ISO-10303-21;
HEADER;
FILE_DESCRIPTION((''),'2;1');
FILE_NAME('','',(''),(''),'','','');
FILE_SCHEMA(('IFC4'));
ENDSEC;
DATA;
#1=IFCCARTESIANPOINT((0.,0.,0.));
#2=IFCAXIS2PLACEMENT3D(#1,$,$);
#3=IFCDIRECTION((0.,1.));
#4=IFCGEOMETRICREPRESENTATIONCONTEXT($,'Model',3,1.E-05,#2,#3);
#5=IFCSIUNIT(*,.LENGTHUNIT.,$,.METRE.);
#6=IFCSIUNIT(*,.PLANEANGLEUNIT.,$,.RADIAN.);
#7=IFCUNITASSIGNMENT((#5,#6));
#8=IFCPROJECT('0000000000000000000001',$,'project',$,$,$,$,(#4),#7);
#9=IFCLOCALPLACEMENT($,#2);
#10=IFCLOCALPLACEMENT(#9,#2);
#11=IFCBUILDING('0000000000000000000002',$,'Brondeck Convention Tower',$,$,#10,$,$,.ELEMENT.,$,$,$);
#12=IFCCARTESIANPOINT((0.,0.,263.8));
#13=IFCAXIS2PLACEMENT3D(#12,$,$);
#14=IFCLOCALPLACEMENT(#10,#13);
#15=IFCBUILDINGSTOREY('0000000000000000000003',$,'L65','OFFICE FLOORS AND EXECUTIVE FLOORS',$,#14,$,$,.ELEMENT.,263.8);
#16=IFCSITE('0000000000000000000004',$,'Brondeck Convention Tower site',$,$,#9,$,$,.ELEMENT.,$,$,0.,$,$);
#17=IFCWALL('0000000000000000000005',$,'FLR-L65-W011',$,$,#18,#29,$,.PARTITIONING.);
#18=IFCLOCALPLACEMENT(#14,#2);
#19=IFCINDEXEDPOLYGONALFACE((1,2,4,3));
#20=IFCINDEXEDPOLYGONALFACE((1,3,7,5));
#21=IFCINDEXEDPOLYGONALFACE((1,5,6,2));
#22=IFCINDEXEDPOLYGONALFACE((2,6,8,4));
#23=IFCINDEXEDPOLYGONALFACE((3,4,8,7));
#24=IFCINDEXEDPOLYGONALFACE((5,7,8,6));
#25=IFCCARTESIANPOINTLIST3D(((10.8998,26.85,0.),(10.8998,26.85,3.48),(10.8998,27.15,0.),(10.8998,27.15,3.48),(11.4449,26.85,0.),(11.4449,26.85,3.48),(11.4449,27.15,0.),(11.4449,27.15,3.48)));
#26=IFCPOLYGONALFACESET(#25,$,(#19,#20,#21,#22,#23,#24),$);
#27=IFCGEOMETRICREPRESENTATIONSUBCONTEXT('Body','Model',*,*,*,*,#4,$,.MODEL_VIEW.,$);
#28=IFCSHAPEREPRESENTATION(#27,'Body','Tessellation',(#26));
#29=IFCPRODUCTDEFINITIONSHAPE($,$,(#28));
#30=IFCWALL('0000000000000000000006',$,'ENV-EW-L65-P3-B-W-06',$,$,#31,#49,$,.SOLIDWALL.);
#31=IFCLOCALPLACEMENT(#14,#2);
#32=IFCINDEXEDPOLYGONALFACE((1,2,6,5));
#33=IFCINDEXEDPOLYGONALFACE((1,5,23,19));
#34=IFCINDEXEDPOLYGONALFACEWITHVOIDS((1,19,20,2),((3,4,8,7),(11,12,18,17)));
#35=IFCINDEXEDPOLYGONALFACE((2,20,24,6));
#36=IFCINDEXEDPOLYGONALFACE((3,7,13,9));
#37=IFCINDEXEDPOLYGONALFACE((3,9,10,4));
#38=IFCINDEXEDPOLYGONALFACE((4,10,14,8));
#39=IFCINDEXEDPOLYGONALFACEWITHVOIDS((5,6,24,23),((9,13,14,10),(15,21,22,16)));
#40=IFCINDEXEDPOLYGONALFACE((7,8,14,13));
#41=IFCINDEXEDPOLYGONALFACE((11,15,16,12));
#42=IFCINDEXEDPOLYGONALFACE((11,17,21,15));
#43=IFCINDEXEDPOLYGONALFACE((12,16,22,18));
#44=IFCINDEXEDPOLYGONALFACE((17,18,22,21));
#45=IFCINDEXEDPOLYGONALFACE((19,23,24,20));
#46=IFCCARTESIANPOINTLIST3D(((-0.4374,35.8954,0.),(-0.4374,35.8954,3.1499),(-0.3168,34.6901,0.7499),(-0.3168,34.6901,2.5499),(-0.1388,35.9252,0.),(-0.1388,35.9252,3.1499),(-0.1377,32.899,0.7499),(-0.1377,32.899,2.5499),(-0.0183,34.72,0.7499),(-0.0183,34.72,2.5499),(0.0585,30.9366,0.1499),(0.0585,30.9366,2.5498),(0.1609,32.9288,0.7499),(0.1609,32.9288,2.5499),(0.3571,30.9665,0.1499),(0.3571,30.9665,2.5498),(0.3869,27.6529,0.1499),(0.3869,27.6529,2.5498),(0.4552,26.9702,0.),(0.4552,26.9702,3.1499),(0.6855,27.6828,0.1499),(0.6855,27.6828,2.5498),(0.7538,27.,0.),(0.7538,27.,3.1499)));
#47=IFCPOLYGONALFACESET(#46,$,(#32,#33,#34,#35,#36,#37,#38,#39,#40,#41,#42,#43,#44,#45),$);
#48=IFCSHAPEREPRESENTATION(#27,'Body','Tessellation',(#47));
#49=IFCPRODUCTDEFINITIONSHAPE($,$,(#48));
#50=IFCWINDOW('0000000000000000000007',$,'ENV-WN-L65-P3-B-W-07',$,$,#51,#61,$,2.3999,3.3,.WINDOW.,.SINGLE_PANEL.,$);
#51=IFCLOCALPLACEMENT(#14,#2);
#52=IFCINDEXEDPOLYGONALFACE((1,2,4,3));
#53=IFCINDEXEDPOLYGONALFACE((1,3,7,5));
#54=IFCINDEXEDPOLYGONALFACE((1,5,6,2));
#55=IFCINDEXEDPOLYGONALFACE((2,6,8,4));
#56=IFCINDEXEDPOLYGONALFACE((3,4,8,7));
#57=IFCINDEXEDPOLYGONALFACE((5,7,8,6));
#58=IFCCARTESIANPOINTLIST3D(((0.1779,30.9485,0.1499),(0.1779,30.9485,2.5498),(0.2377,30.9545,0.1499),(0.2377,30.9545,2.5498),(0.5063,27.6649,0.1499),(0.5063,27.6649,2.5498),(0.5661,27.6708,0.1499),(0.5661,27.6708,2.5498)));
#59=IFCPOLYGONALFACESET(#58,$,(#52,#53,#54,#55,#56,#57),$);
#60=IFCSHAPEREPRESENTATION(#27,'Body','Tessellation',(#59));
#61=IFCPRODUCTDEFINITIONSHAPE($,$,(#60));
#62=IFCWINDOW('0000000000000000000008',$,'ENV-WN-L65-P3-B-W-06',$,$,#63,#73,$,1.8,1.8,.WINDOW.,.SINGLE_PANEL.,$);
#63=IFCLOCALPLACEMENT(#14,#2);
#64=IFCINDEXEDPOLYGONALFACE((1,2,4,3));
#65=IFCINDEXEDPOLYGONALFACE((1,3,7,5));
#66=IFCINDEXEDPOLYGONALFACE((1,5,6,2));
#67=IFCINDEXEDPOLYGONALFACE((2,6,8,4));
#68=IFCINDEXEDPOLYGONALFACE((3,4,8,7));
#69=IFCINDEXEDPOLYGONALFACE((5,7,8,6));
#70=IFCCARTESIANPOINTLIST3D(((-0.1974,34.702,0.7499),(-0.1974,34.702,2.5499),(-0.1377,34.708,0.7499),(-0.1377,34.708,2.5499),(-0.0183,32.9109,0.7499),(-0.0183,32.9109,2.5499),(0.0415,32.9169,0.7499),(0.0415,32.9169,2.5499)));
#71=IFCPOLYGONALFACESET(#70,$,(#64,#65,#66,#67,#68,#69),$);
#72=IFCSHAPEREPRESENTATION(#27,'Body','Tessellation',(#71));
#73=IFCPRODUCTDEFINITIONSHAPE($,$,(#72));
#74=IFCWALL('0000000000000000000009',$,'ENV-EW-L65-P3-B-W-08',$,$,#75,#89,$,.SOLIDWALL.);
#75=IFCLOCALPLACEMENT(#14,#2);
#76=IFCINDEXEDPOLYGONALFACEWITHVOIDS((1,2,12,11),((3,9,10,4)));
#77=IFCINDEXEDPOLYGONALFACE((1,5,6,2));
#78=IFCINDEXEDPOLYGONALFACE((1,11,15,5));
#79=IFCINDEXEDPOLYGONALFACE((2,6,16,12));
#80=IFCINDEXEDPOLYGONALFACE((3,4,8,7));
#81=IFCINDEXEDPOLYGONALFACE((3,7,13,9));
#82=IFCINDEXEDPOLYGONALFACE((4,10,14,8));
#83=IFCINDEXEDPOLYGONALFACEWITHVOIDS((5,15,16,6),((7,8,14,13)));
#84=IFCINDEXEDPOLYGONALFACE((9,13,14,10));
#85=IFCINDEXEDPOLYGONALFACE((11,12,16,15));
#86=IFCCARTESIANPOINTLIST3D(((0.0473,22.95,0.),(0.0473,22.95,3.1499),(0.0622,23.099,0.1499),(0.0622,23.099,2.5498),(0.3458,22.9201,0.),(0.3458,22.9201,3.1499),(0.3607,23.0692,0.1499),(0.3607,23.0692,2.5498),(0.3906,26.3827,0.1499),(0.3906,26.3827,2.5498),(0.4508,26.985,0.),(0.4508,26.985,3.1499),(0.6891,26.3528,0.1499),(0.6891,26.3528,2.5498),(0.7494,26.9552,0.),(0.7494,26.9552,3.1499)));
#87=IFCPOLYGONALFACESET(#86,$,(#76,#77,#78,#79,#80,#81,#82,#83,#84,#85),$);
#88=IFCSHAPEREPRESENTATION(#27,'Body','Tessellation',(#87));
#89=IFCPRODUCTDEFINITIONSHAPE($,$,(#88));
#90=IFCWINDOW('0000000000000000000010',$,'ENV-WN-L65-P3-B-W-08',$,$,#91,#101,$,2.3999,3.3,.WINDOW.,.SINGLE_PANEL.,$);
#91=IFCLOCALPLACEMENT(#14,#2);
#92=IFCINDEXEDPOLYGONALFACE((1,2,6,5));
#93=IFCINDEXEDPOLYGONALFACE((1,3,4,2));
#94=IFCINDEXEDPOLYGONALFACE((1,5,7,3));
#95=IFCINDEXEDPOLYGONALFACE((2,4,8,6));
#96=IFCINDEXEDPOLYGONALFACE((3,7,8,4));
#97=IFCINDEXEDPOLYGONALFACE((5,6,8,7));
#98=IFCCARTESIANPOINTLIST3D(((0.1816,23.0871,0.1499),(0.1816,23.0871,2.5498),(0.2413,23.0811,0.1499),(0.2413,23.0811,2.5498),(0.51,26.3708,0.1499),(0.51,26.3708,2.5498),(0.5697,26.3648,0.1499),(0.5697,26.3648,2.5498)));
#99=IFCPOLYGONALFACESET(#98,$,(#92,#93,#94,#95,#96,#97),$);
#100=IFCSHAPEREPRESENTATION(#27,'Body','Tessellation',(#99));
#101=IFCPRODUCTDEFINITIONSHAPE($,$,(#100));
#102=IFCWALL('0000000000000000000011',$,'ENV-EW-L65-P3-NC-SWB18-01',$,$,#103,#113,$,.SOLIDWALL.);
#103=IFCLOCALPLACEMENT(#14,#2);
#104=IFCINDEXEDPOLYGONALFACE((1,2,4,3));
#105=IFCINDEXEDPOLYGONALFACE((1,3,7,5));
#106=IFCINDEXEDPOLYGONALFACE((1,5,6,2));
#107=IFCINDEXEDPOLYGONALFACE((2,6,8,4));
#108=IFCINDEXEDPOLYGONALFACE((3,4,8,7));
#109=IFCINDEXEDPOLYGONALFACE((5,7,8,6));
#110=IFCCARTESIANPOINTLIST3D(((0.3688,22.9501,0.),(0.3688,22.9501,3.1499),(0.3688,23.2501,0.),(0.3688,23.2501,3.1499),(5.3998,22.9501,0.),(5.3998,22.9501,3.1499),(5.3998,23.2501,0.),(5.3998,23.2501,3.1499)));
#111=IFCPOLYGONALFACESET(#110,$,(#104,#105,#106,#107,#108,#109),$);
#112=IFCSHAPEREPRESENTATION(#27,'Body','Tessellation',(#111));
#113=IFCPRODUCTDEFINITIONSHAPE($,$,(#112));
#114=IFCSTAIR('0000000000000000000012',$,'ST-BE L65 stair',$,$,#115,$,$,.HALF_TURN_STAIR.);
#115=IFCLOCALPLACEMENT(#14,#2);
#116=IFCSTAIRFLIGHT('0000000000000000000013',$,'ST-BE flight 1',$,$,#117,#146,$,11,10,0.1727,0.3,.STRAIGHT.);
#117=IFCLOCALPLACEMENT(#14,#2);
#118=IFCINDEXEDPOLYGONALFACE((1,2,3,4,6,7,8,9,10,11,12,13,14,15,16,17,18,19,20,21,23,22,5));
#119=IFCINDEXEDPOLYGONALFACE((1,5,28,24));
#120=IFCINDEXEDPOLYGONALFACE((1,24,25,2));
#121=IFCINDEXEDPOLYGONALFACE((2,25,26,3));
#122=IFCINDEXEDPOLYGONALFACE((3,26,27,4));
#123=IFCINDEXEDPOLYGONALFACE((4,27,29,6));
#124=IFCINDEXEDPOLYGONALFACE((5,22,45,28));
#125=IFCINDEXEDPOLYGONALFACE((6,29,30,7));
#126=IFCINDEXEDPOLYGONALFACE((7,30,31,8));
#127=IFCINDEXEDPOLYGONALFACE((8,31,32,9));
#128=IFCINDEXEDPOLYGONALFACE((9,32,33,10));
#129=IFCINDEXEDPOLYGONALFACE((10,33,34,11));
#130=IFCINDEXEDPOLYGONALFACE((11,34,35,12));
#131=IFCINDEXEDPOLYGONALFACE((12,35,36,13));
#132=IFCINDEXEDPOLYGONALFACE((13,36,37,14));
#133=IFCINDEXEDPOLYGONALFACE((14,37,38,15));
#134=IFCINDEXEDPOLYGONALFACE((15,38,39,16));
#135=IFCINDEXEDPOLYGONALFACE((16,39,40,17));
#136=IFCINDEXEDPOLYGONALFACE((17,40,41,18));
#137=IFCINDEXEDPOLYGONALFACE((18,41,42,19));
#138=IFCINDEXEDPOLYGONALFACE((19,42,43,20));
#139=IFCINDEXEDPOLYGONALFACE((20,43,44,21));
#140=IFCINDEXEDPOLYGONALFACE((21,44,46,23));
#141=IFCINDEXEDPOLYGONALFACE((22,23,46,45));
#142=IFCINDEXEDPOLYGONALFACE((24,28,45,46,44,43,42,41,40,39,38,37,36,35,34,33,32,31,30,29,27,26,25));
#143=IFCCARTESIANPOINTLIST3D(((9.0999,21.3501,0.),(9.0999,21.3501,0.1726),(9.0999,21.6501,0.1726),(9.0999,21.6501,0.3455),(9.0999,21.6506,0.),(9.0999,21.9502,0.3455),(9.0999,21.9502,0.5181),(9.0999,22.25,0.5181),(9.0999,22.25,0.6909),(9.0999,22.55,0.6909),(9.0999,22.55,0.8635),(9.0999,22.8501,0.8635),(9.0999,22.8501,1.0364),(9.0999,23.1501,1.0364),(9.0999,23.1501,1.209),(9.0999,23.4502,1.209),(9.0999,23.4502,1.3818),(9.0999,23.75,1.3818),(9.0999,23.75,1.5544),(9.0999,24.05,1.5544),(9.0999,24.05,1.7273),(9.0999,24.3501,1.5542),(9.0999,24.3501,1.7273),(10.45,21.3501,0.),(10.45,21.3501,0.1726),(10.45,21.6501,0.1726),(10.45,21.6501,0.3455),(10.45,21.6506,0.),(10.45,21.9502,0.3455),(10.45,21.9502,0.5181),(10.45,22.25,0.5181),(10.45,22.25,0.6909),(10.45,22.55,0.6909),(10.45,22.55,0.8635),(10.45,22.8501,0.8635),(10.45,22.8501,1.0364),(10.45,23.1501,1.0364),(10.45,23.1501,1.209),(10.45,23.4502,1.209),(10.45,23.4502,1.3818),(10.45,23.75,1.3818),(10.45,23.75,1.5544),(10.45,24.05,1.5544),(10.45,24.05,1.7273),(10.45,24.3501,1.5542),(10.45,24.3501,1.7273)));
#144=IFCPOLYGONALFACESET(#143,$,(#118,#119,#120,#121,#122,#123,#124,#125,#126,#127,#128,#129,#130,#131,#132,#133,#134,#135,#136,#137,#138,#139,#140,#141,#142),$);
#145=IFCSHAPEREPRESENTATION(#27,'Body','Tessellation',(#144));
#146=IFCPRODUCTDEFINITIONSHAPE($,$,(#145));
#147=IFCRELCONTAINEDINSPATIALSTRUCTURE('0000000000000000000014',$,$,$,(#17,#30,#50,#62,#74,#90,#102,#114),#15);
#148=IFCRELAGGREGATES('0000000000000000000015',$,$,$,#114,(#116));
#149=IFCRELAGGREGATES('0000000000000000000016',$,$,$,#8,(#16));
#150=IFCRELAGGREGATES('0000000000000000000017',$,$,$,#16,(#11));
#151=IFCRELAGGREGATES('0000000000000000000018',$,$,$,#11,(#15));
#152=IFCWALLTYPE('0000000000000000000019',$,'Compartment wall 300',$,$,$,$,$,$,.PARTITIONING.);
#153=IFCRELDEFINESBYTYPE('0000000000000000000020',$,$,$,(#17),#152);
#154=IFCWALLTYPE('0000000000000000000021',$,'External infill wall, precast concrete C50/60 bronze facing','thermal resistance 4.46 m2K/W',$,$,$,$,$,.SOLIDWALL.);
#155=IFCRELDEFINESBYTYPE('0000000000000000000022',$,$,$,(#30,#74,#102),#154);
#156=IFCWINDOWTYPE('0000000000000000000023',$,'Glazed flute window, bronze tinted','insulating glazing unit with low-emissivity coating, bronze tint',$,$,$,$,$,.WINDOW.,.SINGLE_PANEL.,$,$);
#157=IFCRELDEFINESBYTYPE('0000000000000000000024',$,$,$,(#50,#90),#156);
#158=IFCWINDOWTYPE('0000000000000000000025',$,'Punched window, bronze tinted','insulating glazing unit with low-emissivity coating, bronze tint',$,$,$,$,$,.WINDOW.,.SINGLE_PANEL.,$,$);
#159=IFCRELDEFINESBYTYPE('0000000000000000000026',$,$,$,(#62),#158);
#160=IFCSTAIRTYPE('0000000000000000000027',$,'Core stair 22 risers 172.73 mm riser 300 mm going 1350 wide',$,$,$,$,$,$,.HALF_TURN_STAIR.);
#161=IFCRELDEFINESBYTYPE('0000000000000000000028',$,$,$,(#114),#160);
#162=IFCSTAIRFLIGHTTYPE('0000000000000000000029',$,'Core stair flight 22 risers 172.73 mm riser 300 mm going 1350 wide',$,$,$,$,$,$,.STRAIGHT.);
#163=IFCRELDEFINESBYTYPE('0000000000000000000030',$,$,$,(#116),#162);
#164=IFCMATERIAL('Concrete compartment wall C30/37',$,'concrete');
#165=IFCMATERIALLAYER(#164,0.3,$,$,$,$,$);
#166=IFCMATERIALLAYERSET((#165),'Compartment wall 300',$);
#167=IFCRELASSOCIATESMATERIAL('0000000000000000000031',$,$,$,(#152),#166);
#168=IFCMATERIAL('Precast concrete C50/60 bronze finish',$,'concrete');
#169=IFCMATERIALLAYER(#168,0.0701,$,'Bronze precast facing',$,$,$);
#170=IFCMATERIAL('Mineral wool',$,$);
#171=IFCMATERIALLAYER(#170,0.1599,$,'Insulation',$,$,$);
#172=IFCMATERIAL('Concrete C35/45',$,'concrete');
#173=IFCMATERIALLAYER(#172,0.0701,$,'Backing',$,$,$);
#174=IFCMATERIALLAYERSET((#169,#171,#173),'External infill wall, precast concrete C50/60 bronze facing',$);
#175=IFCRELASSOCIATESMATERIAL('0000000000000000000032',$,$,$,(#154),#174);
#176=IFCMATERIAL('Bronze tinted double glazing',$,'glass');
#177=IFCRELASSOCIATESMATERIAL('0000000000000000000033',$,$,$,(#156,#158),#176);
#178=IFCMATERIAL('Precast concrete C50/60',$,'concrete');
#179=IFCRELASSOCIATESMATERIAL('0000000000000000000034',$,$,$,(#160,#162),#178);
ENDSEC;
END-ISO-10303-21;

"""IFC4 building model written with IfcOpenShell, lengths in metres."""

from ifc_helpers import new_model, si_unit, direction, frame, frame_2d, origin, place, context, subcontext, project, spatial, polyline, rectangle, outline, extrude, material, layer, layer_set, type_object, element, fill, aggregate, save


model = new_model("IFC4")

# Units and contexts
model_context = context("Model", 3, precision=1e-05, world=origin(), true_north=direction((0.0, 1.0)))
body_context = subcontext(model_context, "Body", "Model", "MODEL_VIEW")
ifc_project = project(units=[si_unit("LENGTHUNIT", "METRE"), si_unit("PLANEANGLEUNIT", "RADIAN")], contexts=[model_context])

# Site, building, storey
site_placement = place(None, origin())
site = spatial("IfcSite", under=ifc_project, at=site_placement, Name="Brondeck Convention Tower site", CompositionType="ELEMENT", RefElevation=0.0)
building_placement = place(site_placement, origin())
building = spatial("IfcBuilding", under=site, at=building_placement, Name="Brondeck Convention Tower", CompositionType="ELEMENT")
storey_placement = place(building_placement, frame((0.0, 0.0, 263.8)))
storey = spatial("IfcBuildingStorey", under=building, at=storey_placement, Name="L65", Description="OFFICE FLOORS AND EXECUTIVE FLOORS", CompositionType="ELEMENT", Elevation=263.8)

# Wall
ifc_material_1 = material(Name="Concrete compartment wall C30/37", Category="concrete")
ifc_layer_1 = layer(ifc_material_1, 0.3)
ifc_layer_set_1 = layer_set([ifc_layer_1], Name="Compartment wall 300")
wall_type_1 = type_object("IfcWallType", Name="Compartment wall 300", PredefinedType="PARTITIONING", material=ifc_layer_set_1)
wall_1_placement = place(storey_placement, frame((10.8999, 27.0, 0.0), z_axis=(0.0, 0.0, 1.0), x_axis=(1.0, 0.0, 0.0)))
element("IfcWall", 1, at=wall_1_placement, inside=storey, type_object=wall_type_1, Name="FLR-L65-W011", PredefinedType="PARTITIONING", context=body_context, shape_type="SweptSolid", body=[
    extrude(rectangle(XDim=0.5452, YDim=0.3, at=frame_2d((0.2725, 0.0))), origin(), (0.0, 0.0, 1.0), 3.48),
])

# Wall, openings, windows
ifc_material_2 = material(Name="Precast concrete C50/60 bronze finish", Category="concrete")
ifc_layer_2 = layer(ifc_material_2, 0.0701, Name="Bronze precast facing")
ifc_material_3 = material(Name="Mineral wool")
ifc_layer_3 = layer(ifc_material_3, 0.1599, Name="Insulation")
ifc_material_4 = material(Name="Concrete C35/45", Category="concrete")
ifc_layer_4 = layer(ifc_material_4, 0.0701, Name="Backing")
ifc_layer_set_2 = layer_set([ifc_layer_2, ifc_layer_3, ifc_layer_4], Name="External infill wall, precast concrete C50/60 bronze facing")
wall_type_2 = type_object("IfcWallType", Name="External infill wall, precast concrete C50/60 bronze facing", Description="thermal resistance 4.46 m2K/W", PredefinedType="SOLIDWALL", material=ifc_layer_set_2)
wall_2_placement = place(storey_placement, frame((0.6045, 26.9851, 0.0), z_axis=(0.0, 0.0, 1.0), x_axis=(-0.099509, 0.995037, 0.0)))
wall_2 = element("IfcWall", 2, at=wall_2_placement, inside=storey, type_object=wall_type_2, Name="ENV-EW-L65-P3-B-W-06", PredefinedType="SOLIDWALL", context=body_context, shape_type="SweptSolid", body=[
    extrude(rectangle(XDim=8.9697, YDim=0.3, at=frame_2d((4.4849, 0.0))), origin(), (0.0, 0.0, 1.0), 3.1499),
])
opening_1_placement = place(wall_2_placement, frame((0.6863, 0.0, 0.1499)))
opening_1 = element("IfcOpeningElement", 3, at=opening_1_placement, cuts=wall_2, PredefinedType="OPENING", context=body_context, shape_type="SweptSolid", body=[
    extrude(rectangle(XDim=3.3, YDim=2.3999, at=frame_2d((1.6499, 1.2))), frame((0.0, 0.1599, 0.0), z_axis=(0.0, -1.0, 0.0), x_axis=(1.0, 0.0, 0.0)), (0.0, 0.0, 1.0), 0.3201),
])
opening_2_placement = place(wall_2_placement, frame((5.9585, 0.0, 0.75)))
opening_2 = element("IfcOpeningElement", 4, at=opening_2_placement, cuts=wall_2, PredefinedType="OPENING", context=body_context, shape_type="SweptSolid", body=[
    extrude(rectangle(XDim=1.8, YDim=1.8, at=frame_2d((0.8999, 0.8999))), frame((0.0, 0.1599, 0.0), z_axis=(0.0, -1.0, 0.0), x_axis=(1.0, 0.0, 0.0)), (0.0, 0.0, 1.0), 0.3201),
])
ifc_material_5 = material(Name="Bronze tinted double glazing", Category="glass")
window_type_1 = type_object("IfcWindowType", Name="Glazed flute window, bronze tinted", Description="insulating glazing unit with low-emissivity coating, bronze tint", PartitioningType="SINGLE_PANEL", PredefinedType="WINDOW", material=ifc_material_5)
window_1_placement = place(opening_1_placement, origin())
window_1 = element("IfcWindow", 5, at=window_1_placement, inside=storey, type_object=window_type_1, Name="ENV-WN-L65-P3-B-W-07", OverallHeight=2.3999, OverallWidth=3.3, PartitioningType="SINGLE_PANEL", PredefinedType="WINDOW", context=body_context, shape_type="SweptSolid", body=[
    extrude(rectangle(XDim=3.3, YDim=2.3999, at=frame_2d((1.6499, 1.2))), frame((0.0, 0.03, 0.0), z_axis=(0.0, -1.0, 0.0), x_axis=(1.0, 0.0, 0.0)), (0.0, 0.0, 1.0), 0.0601),
])
fill(opening_1, window_1)
window_type_2 = type_object("IfcWindowType", Name="Punched window, bronze tinted", Description="insulating glazing unit with low-emissivity coating, bronze tint", PartitioningType="SINGLE_PANEL", PredefinedType="WINDOW", material=ifc_material_5)
window_2_placement = place(opening_2_placement, origin())
window_2 = element("IfcWindow", 6, at=window_2_placement, inside=storey, type_object=window_type_2, Name="ENV-WN-L65-P3-B-W-06", OverallHeight=1.8, OverallWidth=1.8, PartitioningType="SINGLE_PANEL", PredefinedType="WINDOW", context=body_context, shape_type="SweptSolid", body=[
    extrude(rectangle(XDim=1.8, YDim=1.8, at=frame_2d((0.8999, 0.8999))), frame((0.0, 0.03, 0.0), z_axis=(0.0, -1.0, 0.0), x_axis=(1.0, 0.0, 0.0)), (0.0, 0.0, 1.0), 0.0601),
])
fill(opening_2, window_2)

# Wall, opening, window
wall_3_placement = place(storey_placement, frame((0.1965, 22.9351, 0.0), z_axis=(0.0, 0.0, 1.0), x_axis=(0.099516, 0.995036, 0.0)))
wall_3 = element("IfcWall", 7, at=wall_3_placement, inside=storey, type_object=wall_type_2, Name="ENV-EW-L65-P3-B-W-08", PredefinedType="SOLIDWALL", context=body_context, shape_type="SweptSolid", body=[
    extrude(rectangle(XDim=4.0552, YDim=0.3, at=frame_2d((2.0276, 0.0))), origin(), (0.0, 0.0, 1.0), 3.1499),
])
opening_3_placement = place(wall_3_placement, frame((0.1499, 0.0, 0.1499)))
opening_3 = element("IfcOpeningElement", 8, at=opening_3_placement, cuts=wall_3, PredefinedType="OPENING", context=body_context, shape_type="SweptSolid", body=[
    extrude(rectangle(XDim=3.3, YDim=2.3999, at=frame_2d((1.6499, 1.2))), frame((0.0, 0.1599, 0.0), z_axis=(0.0, -1.0, 0.0), x_axis=(1.0, 0.0, 0.0)), (0.0, 0.0, 1.0), 0.3201),
])
window_3_placement = place(opening_3_placement, origin())
window_3 = element("IfcWindow", 9, at=window_3_placement, inside=storey, type_object=window_type_1, Name="ENV-WN-L65-P3-B-W-08", OverallHeight=2.3999, OverallWidth=3.3, PartitioningType="SINGLE_PANEL", PredefinedType="WINDOW", context=body_context, shape_type="SweptSolid", body=[
    extrude(rectangle(XDim=3.3, YDim=2.3999, at=frame_2d((1.6499, 1.2))), frame((0.0, 0.03, 0.0), z_axis=(0.0, -1.0, 0.0), x_axis=(1.0, 0.0, 0.0)), (0.0, 0.0, 1.0), 0.0601),
])
fill(opening_3, window_3)

# Wall
wall_4_placement = place(storey_placement, frame((5.3999, 23.1001, 0.0), z_axis=(0.0, 0.0, 1.0), x_axis=(-1.0, 0.0, 0.0)))
element("IfcWall", 10, at=wall_4_placement, inside=storey, type_object=wall_type_2, Name="ENV-EW-L65-P3-NC-SWB18-01", PredefinedType="SOLIDWALL", context=body_context, shape_type="SweptSolid", body=[
    extrude(rectangle(XDim=5.031, YDim=0.3, at=frame_2d((2.5156, 0.0))), origin(), (0.0, 0.0, 1.0), 3.1499),
])

# Stair, stair flight
ifc_material_6 = material(Name="Precast concrete C50/60", Category="concrete")
stair_type = type_object("IfcStairType", Name="Core stair 22 risers 172.73 mm riser 300 mm going 1350 wide", PredefinedType="HALF_TURN_STAIR", material=ifc_material_6)
stair_placement = place(storey_placement, origin())
stair = element("IfcStair", 11, at=stair_placement, inside=storey, type_object=stair_type, Name="ST-BE L65 stair", PredefinedType="HALF_TURN_STAIR")
stair_flight_type = type_object("IfcStairFlightType", Name="Core stair flight 22 risers 172.73 mm riser 300 mm going 1350 wide", PredefinedType="STRAIGHT", material=ifc_material_6)
stair_flight_1_placement = place(storey_placement, frame((9.7749, 21.3501, 0.0), z_axis=(0.0, 0.0, 1.0), x_axis=(0.0, 1.0, 0.0)))
stair_flight_1 = element("IfcStairFlight", 12, at=stair_flight_1_placement, type_object=stair_flight_type, Name="ST-BE flight 1", NumberOfRisers=11, NumberOfTreads=10, PredefinedType="STRAIGHT", RiserHeight=0.1727, TreadLength=0.3, context=body_context, shape_type="SweptSolid", body=[
    extrude(outline(polyline([(0.0, 0.0), (0.0, 0.1726), (0.3, 0.1726), (0.3, 0.3455), (0.6001, 0.3455), (0.6001, 0.5181), (0.8999, 0.5181), (0.8999, 0.6909), (1.2, 0.6909), (1.2, 0.8635), (1.5, 0.8635), (1.5, 1.0364), (1.8, 1.0364), (1.8, 1.209), (2.1001, 1.209), (2.1001, 1.3818), (2.3999, 1.3818), (2.3999, 1.5544), (2.7, 1.5544), (2.7, 1.7273), (3.0, 1.7273), (3.0, 1.8999), (3.0, 1.5542), (0.3005, 0.0), (0.0, 0.0)])), frame((0.0, 0.675, 0.0), z_axis=(0.0, -1.0, 0.0), x_axis=(1.0, 0.0, 0.0)), (0.0, 0.0, 1.0), 1.3501),
])
aggregate(stair, [stair_flight_1])

save(model, "model.ifc")
